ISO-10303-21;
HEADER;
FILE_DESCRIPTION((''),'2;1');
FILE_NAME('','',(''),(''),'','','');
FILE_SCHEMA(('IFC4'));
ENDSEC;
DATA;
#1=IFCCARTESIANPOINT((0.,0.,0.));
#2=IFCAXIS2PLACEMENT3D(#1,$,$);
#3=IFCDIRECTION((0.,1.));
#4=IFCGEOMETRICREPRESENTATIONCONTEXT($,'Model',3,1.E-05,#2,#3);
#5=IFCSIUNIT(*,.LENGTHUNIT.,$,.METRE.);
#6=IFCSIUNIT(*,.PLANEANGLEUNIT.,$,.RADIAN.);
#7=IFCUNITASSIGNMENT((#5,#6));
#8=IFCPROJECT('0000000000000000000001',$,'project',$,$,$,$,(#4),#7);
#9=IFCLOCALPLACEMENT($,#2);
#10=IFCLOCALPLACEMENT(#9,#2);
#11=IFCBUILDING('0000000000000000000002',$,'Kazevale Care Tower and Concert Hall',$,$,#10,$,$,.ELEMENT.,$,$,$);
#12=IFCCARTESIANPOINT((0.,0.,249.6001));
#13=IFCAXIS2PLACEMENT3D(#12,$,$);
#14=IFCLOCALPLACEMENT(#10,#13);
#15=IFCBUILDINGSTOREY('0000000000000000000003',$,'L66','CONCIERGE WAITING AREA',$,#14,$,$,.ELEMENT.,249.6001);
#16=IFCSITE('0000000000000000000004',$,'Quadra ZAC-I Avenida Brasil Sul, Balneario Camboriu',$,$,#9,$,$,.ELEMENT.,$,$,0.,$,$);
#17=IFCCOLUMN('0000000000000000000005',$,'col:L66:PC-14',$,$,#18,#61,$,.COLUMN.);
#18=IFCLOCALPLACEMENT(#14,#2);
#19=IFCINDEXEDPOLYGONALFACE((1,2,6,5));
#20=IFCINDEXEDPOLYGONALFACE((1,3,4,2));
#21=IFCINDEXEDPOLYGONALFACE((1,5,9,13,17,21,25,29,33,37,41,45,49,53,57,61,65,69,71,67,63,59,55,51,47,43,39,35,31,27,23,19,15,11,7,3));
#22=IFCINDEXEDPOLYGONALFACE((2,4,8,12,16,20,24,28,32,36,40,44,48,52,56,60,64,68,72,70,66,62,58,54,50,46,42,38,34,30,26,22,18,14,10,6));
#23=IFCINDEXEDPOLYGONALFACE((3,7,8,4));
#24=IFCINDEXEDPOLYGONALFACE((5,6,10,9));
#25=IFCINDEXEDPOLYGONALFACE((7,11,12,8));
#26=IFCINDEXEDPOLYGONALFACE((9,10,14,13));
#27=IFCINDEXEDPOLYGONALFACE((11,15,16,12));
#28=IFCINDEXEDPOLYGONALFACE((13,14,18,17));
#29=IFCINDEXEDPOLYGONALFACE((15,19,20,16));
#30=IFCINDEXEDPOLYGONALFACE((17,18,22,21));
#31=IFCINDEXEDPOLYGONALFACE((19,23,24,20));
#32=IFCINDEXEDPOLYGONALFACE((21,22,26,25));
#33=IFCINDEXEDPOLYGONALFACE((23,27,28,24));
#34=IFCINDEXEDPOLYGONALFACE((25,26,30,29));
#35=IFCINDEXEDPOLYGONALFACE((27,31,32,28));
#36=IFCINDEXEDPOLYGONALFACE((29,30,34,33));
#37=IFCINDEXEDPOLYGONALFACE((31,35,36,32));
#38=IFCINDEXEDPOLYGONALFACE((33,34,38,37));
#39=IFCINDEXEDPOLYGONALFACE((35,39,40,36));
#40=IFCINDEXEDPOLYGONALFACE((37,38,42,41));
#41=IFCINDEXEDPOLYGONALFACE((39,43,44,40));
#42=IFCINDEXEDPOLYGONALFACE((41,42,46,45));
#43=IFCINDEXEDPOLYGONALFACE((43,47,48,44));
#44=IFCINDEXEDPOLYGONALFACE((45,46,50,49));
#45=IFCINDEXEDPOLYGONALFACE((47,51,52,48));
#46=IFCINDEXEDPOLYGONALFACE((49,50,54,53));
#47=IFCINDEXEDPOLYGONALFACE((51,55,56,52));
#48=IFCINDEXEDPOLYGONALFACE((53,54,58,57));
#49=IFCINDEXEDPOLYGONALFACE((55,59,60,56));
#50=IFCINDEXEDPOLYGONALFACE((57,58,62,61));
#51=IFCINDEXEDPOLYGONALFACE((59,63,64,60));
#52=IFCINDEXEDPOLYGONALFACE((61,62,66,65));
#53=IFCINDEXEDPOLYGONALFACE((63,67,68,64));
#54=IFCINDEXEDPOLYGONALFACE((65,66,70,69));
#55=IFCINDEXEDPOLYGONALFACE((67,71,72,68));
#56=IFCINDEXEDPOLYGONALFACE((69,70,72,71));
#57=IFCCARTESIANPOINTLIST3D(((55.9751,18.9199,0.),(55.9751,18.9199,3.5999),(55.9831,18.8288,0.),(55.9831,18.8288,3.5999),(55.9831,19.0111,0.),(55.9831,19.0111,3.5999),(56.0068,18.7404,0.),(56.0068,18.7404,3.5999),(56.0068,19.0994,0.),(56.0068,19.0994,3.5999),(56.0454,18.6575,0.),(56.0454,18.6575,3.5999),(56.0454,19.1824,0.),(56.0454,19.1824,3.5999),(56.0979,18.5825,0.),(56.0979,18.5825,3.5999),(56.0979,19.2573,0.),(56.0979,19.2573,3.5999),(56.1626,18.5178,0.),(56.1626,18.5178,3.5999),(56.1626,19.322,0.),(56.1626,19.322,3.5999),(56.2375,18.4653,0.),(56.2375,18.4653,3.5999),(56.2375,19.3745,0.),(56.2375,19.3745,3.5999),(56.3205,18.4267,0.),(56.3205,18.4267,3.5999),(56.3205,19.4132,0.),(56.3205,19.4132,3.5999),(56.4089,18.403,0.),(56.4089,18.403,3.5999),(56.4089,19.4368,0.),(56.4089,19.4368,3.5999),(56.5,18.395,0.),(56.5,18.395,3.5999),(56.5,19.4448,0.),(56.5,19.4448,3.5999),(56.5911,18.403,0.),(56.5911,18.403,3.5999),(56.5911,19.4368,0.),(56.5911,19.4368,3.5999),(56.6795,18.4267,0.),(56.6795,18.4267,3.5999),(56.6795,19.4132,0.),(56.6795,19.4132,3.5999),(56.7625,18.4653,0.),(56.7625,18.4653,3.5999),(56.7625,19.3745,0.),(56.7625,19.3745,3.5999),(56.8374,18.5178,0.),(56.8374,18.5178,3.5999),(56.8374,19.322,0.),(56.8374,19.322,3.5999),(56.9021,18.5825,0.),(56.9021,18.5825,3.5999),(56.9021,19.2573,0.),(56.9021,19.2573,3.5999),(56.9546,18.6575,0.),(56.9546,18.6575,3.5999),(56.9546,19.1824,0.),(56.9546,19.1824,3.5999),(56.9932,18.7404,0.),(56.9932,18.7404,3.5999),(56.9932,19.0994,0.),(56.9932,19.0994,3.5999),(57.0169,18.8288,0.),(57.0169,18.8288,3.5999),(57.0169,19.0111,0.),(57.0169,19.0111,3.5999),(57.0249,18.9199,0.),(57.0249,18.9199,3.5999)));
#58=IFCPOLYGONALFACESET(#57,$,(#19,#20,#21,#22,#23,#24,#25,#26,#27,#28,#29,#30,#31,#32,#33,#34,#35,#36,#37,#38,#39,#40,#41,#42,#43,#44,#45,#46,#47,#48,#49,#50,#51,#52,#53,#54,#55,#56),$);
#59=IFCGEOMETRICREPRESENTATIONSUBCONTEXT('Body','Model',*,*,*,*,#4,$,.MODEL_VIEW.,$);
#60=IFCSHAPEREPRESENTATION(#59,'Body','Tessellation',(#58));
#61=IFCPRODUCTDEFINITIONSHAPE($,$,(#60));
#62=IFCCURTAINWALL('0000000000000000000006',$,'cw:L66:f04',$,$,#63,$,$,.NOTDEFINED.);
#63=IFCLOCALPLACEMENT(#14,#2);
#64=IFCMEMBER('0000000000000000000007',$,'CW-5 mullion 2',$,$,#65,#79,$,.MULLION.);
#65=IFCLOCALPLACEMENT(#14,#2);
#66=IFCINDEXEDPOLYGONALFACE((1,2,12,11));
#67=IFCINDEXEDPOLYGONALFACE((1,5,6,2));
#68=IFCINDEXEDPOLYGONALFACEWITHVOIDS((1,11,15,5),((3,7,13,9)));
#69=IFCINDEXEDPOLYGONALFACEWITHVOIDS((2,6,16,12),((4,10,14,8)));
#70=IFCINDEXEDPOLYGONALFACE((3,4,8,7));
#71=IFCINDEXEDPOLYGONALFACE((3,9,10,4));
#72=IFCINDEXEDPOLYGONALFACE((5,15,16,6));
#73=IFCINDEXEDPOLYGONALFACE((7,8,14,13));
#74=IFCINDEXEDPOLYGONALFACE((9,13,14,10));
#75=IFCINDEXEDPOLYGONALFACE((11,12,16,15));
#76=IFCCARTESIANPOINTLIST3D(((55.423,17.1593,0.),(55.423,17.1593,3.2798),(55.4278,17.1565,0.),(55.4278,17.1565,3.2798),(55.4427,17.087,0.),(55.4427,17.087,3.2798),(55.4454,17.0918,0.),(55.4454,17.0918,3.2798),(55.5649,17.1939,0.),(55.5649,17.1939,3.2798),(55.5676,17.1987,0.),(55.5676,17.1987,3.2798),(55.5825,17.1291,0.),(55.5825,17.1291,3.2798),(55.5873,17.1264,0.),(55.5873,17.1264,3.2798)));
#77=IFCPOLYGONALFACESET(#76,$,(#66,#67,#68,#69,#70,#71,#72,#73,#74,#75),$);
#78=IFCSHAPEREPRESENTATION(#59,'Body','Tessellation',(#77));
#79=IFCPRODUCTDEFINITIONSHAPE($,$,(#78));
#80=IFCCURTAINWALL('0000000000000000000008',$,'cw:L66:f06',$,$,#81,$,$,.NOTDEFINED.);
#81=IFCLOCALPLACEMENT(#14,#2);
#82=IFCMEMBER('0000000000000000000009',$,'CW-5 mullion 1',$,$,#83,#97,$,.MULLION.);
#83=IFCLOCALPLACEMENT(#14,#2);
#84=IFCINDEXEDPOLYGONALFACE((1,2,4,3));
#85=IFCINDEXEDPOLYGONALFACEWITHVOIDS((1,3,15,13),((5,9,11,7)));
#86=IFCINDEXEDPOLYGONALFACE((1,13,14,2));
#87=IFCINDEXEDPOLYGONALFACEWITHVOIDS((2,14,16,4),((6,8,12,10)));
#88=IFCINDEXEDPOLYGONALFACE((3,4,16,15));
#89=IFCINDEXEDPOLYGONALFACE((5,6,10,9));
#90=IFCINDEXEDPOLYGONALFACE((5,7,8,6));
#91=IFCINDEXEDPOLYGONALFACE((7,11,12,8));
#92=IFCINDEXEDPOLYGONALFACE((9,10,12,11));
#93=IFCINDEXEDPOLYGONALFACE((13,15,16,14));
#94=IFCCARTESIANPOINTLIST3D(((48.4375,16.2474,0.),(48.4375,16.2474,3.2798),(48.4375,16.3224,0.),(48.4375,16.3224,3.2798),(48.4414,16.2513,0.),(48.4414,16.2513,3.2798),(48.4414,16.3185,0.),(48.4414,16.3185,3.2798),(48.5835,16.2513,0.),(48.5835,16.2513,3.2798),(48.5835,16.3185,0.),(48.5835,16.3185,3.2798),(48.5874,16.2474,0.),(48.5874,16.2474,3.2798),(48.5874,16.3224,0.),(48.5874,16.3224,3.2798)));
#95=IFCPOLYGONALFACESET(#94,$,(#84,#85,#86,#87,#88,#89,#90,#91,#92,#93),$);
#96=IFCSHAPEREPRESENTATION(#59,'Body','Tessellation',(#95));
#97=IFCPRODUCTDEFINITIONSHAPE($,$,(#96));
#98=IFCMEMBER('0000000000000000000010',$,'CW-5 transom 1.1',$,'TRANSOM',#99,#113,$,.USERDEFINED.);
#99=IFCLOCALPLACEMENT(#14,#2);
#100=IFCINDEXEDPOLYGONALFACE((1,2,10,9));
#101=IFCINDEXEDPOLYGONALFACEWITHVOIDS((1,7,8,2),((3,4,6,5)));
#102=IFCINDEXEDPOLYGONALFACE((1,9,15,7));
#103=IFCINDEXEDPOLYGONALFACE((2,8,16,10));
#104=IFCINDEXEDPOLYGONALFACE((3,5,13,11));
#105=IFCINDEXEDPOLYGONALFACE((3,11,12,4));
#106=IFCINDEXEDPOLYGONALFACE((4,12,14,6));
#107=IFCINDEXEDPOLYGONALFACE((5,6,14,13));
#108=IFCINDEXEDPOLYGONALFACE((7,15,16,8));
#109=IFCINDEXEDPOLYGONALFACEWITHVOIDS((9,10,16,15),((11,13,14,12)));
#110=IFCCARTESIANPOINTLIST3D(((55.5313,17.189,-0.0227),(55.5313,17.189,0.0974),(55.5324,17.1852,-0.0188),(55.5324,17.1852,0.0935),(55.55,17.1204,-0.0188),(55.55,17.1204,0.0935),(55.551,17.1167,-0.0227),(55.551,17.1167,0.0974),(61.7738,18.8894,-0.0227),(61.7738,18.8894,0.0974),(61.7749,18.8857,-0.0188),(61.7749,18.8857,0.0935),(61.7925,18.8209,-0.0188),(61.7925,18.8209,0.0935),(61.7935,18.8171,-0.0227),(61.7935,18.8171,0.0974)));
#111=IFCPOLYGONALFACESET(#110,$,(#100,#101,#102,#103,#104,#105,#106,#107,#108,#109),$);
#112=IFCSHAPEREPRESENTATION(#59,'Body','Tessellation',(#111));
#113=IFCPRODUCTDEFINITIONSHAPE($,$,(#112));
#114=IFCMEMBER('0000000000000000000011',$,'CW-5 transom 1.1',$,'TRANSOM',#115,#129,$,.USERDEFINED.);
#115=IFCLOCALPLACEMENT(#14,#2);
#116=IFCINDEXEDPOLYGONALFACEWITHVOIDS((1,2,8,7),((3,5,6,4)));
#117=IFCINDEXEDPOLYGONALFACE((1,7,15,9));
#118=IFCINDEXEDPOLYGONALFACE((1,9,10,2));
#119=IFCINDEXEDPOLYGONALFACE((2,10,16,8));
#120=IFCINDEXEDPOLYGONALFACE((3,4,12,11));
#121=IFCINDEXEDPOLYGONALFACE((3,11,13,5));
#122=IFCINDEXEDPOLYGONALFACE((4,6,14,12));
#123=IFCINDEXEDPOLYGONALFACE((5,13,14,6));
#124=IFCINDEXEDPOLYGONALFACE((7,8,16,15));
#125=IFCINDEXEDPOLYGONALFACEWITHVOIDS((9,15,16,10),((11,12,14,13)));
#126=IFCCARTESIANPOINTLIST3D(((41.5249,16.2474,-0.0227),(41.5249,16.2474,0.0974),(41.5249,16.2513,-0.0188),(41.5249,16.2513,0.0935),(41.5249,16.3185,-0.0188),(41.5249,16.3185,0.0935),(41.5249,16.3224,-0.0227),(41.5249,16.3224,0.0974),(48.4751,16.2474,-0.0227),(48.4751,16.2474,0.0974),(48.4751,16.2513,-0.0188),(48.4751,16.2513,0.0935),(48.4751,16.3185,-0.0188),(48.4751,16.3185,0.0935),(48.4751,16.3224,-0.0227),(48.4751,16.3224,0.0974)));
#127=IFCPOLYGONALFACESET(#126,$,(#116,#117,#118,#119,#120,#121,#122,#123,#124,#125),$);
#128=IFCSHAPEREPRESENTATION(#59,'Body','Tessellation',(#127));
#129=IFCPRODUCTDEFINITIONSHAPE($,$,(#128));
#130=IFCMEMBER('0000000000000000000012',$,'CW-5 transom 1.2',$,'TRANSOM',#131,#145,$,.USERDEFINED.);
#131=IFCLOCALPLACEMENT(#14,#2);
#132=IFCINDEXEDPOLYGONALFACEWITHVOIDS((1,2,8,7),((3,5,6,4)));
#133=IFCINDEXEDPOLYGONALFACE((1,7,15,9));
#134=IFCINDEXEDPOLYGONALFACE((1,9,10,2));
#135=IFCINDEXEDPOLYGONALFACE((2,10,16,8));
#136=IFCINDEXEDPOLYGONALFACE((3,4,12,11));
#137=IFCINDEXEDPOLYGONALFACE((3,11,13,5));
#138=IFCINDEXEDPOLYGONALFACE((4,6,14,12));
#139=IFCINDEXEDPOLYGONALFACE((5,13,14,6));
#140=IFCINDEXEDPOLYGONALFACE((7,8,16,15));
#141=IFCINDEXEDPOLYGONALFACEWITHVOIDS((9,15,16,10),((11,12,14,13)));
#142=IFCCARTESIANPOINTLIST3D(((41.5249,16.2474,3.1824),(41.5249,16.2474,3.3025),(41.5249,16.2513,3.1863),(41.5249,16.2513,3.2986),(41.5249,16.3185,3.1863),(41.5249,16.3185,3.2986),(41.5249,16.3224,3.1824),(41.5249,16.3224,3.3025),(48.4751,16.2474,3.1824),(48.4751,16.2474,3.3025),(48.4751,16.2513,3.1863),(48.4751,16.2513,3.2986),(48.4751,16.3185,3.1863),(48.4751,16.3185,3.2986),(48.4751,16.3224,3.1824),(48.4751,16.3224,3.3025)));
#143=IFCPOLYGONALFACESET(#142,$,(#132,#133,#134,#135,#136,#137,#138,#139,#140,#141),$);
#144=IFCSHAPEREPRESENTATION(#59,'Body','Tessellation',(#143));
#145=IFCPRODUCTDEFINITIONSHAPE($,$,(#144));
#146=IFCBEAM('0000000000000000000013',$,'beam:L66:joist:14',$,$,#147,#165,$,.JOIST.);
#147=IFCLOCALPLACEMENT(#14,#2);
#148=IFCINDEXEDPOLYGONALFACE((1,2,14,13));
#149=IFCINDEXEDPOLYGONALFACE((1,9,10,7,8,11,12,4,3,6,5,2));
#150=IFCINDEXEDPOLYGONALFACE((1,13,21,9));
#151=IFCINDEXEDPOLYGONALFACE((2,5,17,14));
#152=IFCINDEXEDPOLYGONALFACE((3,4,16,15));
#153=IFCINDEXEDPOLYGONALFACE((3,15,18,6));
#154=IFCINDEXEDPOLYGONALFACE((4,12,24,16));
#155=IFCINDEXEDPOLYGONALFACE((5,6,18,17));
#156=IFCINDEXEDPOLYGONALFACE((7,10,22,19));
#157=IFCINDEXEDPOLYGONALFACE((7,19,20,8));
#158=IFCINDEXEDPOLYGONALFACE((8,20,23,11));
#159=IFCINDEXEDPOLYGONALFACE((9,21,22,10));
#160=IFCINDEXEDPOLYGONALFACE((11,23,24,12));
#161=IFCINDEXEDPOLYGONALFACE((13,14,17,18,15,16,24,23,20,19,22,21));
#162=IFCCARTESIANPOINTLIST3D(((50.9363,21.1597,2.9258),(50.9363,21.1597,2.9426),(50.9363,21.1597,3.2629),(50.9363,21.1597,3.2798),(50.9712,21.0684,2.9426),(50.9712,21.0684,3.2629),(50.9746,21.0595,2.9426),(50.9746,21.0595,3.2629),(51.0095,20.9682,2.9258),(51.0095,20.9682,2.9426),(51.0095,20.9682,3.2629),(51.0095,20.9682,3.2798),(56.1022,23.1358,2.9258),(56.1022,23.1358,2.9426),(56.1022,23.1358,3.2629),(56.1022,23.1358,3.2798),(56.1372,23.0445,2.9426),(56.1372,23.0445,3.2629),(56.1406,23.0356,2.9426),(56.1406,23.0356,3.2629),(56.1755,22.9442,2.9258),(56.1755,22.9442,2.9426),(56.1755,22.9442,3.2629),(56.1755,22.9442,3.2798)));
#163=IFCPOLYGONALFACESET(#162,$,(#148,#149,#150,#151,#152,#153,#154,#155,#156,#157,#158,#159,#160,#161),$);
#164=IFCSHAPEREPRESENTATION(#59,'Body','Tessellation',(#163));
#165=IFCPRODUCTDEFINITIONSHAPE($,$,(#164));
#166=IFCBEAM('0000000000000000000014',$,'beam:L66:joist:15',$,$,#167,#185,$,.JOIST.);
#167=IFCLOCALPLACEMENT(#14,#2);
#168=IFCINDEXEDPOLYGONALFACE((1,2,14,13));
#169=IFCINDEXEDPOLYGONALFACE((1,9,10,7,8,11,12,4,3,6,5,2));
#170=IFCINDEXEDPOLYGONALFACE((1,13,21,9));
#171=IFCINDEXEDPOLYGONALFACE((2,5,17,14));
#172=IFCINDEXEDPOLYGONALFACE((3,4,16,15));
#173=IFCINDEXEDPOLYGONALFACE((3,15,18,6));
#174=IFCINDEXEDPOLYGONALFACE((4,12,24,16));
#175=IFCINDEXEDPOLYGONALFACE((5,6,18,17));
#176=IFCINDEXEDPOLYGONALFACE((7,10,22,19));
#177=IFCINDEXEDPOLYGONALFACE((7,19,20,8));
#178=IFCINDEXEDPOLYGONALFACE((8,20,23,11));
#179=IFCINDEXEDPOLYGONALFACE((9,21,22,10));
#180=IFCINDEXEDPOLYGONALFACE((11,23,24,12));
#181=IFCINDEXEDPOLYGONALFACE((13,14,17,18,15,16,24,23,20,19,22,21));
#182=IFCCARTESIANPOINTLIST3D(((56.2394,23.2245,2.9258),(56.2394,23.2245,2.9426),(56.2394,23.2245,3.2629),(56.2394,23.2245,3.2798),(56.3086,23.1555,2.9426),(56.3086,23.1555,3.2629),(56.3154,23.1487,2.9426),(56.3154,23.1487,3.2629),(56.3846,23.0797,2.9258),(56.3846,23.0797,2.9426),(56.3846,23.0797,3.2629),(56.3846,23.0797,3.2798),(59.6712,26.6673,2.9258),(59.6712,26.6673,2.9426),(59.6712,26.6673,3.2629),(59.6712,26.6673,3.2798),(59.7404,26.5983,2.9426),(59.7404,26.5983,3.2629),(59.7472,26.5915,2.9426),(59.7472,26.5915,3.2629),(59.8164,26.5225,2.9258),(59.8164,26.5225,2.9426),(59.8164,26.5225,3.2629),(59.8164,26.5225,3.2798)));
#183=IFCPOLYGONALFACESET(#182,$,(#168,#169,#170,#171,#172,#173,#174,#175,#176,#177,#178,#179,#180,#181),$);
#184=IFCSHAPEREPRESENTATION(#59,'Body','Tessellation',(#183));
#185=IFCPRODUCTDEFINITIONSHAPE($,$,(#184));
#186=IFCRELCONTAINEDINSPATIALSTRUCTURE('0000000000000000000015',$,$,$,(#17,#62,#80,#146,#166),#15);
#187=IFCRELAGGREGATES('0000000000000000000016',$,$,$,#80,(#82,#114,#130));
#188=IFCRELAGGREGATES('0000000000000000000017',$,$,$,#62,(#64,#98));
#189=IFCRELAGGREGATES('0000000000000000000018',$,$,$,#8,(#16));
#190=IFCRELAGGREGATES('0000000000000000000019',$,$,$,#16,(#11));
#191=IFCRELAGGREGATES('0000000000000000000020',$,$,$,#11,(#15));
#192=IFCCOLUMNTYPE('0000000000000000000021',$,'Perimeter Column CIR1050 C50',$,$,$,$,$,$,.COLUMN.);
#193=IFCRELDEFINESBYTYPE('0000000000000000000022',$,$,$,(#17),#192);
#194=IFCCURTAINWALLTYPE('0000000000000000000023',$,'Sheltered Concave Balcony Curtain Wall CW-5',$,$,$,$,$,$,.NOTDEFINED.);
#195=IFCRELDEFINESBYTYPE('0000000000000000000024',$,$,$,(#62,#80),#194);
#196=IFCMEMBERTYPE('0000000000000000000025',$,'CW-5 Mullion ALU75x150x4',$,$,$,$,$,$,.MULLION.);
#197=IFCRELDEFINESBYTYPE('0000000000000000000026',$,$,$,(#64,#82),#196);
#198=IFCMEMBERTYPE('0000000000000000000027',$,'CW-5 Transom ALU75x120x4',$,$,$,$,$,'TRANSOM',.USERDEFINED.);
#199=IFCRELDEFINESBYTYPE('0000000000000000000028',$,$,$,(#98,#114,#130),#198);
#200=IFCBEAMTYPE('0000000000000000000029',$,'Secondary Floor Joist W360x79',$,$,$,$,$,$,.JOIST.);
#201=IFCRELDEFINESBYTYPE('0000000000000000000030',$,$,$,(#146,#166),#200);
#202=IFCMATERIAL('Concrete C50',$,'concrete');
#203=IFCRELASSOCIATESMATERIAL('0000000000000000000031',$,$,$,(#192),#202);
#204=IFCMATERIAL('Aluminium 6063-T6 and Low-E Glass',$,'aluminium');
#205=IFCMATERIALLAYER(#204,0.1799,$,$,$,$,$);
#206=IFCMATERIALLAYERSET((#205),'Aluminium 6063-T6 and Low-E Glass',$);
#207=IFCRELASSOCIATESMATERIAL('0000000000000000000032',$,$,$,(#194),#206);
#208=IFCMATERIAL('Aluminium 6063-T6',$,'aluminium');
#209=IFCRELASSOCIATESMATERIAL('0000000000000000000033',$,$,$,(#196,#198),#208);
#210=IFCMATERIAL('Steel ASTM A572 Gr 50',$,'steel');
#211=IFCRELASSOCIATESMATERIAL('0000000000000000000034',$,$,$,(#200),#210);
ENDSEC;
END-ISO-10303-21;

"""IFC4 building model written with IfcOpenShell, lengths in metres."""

from ifc_helpers import new_model, si_unit, direction, frame, origin, origin_2d, place, context, subcontext, project, spatial, hollow_rectangle, circle, i_section, extrude, material, layer, layer_set, material_profile, profile_set, type_object, element, aggregate, save


model = new_model("IFC4")

# Units and contexts
model_context = context("Model", 3, precision=1e-05, world=origin(), true_north=direction((0.0, 1.0)))
body_context = subcontext(model_context, "Body", "Model", "MODEL_VIEW")
ifc_project = project(units=[si_unit("LENGTHUNIT", "METRE"), si_unit("PLANEANGLEUNIT", "RADIAN")], contexts=[model_context])

# Site, building, storey
site_placement = place(None, origin())
site = spatial("IfcSite", under=ifc_project, at=site_placement, Name="Quadra ZAC-I Avenida Brasil Sul, Balneario Camboriu", CompositionType="ELEMENT", RefElevation=0.0)
building_placement = place(site_placement, origin())
building = spatial("IfcBuilding", under=site, at=building_placement, Name="Kazevale Care Tower and Concert Hall", CompositionType="ELEMENT")
storey_placement = place(building_placement, frame((0.0, 0.0, 249.6001)))
storey = spatial("IfcBuildingStorey", under=building, at=storey_placement, Name="L66", Description="CONCIERGE WAITING AREA", CompositionType="ELEMENT", Elevation=249.6001)

# Column
ifc_material_1 = material(Name="Concrete C50", Category="concrete")
ifc_material_profile_1 = material_profile(ifc_material_1, circle(Radius=0.5249, at=origin_2d()), Name="RC-CIR1050")
ifc_profile_set_1 = profile_set([ifc_material_profile_1], Name="Concrete C50")
column_type = type_object("IfcColumnType", Name="Perimeter Column CIR1050 C50", PredefinedType="COLUMN", material=ifc_profile_set_1)
column_placement = place(storey_placement, frame((56.5, 18.9199, 0.0), z_axis=(0.0, 0.0, 1.0), x_axis=(1.0, 0.0, 0.0)))
element("IfcColumn", 1, at=column_placement, inside=storey, type_object=column_type, Name="col:L66:PC-14", PredefinedType="COLUMN", context=body_context, shape_type="SweptSolid", body=[
    extrude(circle(Radius=0.5249, at=origin_2d()), origin(), (0.0, 0.0, 1.0), 3.5999),
])

# Curtain walls, members
ifc_material_2 = material(Name="Aluminium 6063-T6 and Low-E Glass", Category="aluminium")
ifc_layer_1 = layer(ifc_material_2, 0.1799)
ifc_layer_set_1 = layer_set([ifc_layer_1], Name="Aluminium 6063-T6 and Low-E Glass")
curtain_wall_type = type_object("IfcCurtainWallType", Name="Sheltered Concave Balcony Curtain Wall CW-5", PredefinedType="NOTDEFINED", material=ifc_layer_set_1)
curtain_wall_1_placement = place(storey_placement, origin())
curtain_wall_1 = element("IfcCurtainWall", 2, at=curtain_wall_1_placement, inside=storey, type_object=curtain_wall_type, Name="cw:L66:f04", PredefinedType="NOTDEFINED")
ifc_material_3 = material(Name="Aluminium 6063-T6", Category="aluminium")
ifc_material_profile_2 = material_profile(ifc_material_3, hollow_rectangle(XDim=0.075, YDim=0.1499, WallThickness=0.0039, at=origin_2d()), Name="ALU75x150x4")
ifc_profile_set_2 = profile_set([ifc_material_profile_2], Name="Aluminium 6063-T6")
member_type_1 = type_object("IfcMemberType", Name="CW-5 Mullion ALU75x150x4", PredefinedType="MULLION", material=ifc_profile_set_2)
member_1_placement = place(storey_placement, frame((55.5051, 17.1428, 0.0), z_axis=(0.0, 0.0, 1.0), x_axis=(0.262849, -0.964837, 0.0)))
member_1 = element("IfcMember", 3, at=member_1_placement, type_object=member_type_1, Name="CW-5 mullion 2", PredefinedType="MULLION", context=body_context, shape_type="SweptSolid", body=[
    extrude(hollow_rectangle(XDim=0.075, YDim=0.1499, WallThickness=0.0039, at=origin_2d()), origin(), (0.0, 0.0, 1.0), 3.2798),
])
curtain_wall_2_placement = place(storey_placement, origin())
curtain_wall_2 = element("IfcCurtainWall", 4, at=curtain_wall_2_placement, inside=storey, type_object=curtain_wall_type, Name="cw:L66:f06", PredefinedType="NOTDEFINED")
member_2_placement = place(storey_placement, frame((48.5125, 16.2849, 0.0), z_axis=(0.0, 0.0, 1.0), x_axis=(0.0, -1.0, 0.0)))
member_2 = element("IfcMember", 5, at=member_2_placement, type_object=member_type_1, Name="CW-5 mullion 1", PredefinedType="MULLION", context=body_context, shape_type="SweptSolid", body=[
    extrude(hollow_rectangle(XDim=0.075, YDim=0.1499, WallThickness=0.0039, at=origin_2d()), origin(), (0.0, 0.0, 1.0), 3.2798),
])

# Members
ifc_material_profile_3 = material_profile(ifc_material_3, hollow_rectangle(XDim=0.075, YDim=0.1201, WallThickness=0.0039, at=origin_2d()), Name="ALU75x120x4")
ifc_profile_set_3 = profile_set([ifc_material_profile_3], Name="Aluminium 6063-T6")
member_type_2 = type_object("IfcMemberType", Name="CW-5 Transom ALU75x120x4", ElementType="TRANSOM", PredefinedType="USERDEFINED", material=ifc_profile_set_3)
member_3_placement = place(storey_placement, frame((61.7837, 18.8533, 0.0374), z_axis=(-0.964844, -0.262824, 0.0), x_axis=(0.262824, -0.964844, 0.0)))
member_3 = element("IfcMember", 6, at=member_3_placement, type_object=member_type_2, Name="CW-5 transom 1.1", ObjectType="TRANSOM", PredefinedType="USERDEFINED", context=body_context, shape_type="SweptSolid", body=[
    extrude(hollow_rectangle(XDim=0.075, YDim=0.1201, WallThickness=0.0039, at=origin_2d()), origin(), (0.0, 0.0, 1.0), 6.47),
])
member_4_placement = place(storey_placement, frame((48.4751, 16.2849, 0.0374), z_axis=(-1.0, 0.0, 0.0), x_axis=(0.0, -1.0, 0.0)))
member_4 = element("IfcMember", 7, at=member_4_placement, type_object=member_type_2, Name="CW-5 transom 1.1", ObjectType="TRANSOM", PredefinedType="USERDEFINED", context=body_context, shape_type="SweptSolid", body=[
    extrude(hollow_rectangle(XDim=0.075, YDim=0.1201, WallThickness=0.0039, at=origin_2d()), origin(), (0.0, 0.0, 1.0), 6.9502),
])
member_5_placement = place(storey_placement, frame((48.4751, 16.2849, 3.2424), z_axis=(-1.0, 0.0, 0.0), x_axis=(0.0, -1.0, 0.0)))
member_5 = element("IfcMember", 8, at=member_5_placement, type_object=member_type_2, Name="CW-5 transom 1.2", ObjectType="TRANSOM", PredefinedType="USERDEFINED", context=body_context, shape_type="SweptSolid", body=[
    extrude(hollow_rectangle(XDim=0.075, YDim=0.1201, WallThickness=0.0039, at=origin_2d()), origin(), (0.0, 0.0, 1.0), 6.9502),
])
aggregate(curtain_wall_2, [member_2, member_4, member_5])

# Beams
ifc_material_4 = material(Name="Steel ASTM A572 Gr 50", Category="steel")
ifc_material_profile_4 = material_profile(ifc_material_4, i_section(OverallWidth=0.2051, OverallDepth=0.354, WebThickness=0.0095, FlangeThickness=0.0168, at=origin_2d()), Name="W360x79")
ifc_profile_set_4 = profile_set([ifc_material_profile_4], Name="Steel ASTM A572 Gr 50")
beam_type_1 = type_object("IfcBeamType", Name="Secondary Floor Joist W360x79", PredefinedType="JOIST", material=ifc_profile_set_4)
beam_1_placement = place(storey_placement, frame((50.9729, 21.064, 3.1028), z_axis=(0.934002, 0.357269, 0.0), x_axis=(-0.357269, 0.934002, 0.0)))
element("IfcBeam", 9, at=beam_1_placement, inside=storey, type_object=beam_type_1, Name="beam:L66:joist:14", PredefinedType="JOIST", context=body_context, shape_type="SweptSolid", body=[
    extrude(i_section(OverallWidth=0.2051, OverallDepth=0.354, WebThickness=0.0095, FlangeThickness=0.0168, at=origin_2d()), origin(), (0.0, 0.0, 1.0), 5.531),
])
beam_2_placement = place(storey_placement, frame((56.312, 23.1521, 3.1028), z_axis=(0.705976, 0.708236, 0.0), x_axis=(-0.708236, 0.705976, 0.0)))
element("IfcBeam", 10, at=beam_2_placement, inside=storey, type_object=beam_type_1, Name="beam:L66:joist:15", PredefinedType="JOIST", context=body_context, shape_type="SweptSolid", body=[
    extrude(i_section(OverallWidth=0.2051, OverallDepth=0.354, WebThickness=0.0095, FlangeThickness=0.0168, at=origin_2d()), origin(), (0.0, 0.0, 1.0), 4.8611),
])

aggregate(curtain_wall_1, [member_1, member_3])

save(model, "model.ifc")
